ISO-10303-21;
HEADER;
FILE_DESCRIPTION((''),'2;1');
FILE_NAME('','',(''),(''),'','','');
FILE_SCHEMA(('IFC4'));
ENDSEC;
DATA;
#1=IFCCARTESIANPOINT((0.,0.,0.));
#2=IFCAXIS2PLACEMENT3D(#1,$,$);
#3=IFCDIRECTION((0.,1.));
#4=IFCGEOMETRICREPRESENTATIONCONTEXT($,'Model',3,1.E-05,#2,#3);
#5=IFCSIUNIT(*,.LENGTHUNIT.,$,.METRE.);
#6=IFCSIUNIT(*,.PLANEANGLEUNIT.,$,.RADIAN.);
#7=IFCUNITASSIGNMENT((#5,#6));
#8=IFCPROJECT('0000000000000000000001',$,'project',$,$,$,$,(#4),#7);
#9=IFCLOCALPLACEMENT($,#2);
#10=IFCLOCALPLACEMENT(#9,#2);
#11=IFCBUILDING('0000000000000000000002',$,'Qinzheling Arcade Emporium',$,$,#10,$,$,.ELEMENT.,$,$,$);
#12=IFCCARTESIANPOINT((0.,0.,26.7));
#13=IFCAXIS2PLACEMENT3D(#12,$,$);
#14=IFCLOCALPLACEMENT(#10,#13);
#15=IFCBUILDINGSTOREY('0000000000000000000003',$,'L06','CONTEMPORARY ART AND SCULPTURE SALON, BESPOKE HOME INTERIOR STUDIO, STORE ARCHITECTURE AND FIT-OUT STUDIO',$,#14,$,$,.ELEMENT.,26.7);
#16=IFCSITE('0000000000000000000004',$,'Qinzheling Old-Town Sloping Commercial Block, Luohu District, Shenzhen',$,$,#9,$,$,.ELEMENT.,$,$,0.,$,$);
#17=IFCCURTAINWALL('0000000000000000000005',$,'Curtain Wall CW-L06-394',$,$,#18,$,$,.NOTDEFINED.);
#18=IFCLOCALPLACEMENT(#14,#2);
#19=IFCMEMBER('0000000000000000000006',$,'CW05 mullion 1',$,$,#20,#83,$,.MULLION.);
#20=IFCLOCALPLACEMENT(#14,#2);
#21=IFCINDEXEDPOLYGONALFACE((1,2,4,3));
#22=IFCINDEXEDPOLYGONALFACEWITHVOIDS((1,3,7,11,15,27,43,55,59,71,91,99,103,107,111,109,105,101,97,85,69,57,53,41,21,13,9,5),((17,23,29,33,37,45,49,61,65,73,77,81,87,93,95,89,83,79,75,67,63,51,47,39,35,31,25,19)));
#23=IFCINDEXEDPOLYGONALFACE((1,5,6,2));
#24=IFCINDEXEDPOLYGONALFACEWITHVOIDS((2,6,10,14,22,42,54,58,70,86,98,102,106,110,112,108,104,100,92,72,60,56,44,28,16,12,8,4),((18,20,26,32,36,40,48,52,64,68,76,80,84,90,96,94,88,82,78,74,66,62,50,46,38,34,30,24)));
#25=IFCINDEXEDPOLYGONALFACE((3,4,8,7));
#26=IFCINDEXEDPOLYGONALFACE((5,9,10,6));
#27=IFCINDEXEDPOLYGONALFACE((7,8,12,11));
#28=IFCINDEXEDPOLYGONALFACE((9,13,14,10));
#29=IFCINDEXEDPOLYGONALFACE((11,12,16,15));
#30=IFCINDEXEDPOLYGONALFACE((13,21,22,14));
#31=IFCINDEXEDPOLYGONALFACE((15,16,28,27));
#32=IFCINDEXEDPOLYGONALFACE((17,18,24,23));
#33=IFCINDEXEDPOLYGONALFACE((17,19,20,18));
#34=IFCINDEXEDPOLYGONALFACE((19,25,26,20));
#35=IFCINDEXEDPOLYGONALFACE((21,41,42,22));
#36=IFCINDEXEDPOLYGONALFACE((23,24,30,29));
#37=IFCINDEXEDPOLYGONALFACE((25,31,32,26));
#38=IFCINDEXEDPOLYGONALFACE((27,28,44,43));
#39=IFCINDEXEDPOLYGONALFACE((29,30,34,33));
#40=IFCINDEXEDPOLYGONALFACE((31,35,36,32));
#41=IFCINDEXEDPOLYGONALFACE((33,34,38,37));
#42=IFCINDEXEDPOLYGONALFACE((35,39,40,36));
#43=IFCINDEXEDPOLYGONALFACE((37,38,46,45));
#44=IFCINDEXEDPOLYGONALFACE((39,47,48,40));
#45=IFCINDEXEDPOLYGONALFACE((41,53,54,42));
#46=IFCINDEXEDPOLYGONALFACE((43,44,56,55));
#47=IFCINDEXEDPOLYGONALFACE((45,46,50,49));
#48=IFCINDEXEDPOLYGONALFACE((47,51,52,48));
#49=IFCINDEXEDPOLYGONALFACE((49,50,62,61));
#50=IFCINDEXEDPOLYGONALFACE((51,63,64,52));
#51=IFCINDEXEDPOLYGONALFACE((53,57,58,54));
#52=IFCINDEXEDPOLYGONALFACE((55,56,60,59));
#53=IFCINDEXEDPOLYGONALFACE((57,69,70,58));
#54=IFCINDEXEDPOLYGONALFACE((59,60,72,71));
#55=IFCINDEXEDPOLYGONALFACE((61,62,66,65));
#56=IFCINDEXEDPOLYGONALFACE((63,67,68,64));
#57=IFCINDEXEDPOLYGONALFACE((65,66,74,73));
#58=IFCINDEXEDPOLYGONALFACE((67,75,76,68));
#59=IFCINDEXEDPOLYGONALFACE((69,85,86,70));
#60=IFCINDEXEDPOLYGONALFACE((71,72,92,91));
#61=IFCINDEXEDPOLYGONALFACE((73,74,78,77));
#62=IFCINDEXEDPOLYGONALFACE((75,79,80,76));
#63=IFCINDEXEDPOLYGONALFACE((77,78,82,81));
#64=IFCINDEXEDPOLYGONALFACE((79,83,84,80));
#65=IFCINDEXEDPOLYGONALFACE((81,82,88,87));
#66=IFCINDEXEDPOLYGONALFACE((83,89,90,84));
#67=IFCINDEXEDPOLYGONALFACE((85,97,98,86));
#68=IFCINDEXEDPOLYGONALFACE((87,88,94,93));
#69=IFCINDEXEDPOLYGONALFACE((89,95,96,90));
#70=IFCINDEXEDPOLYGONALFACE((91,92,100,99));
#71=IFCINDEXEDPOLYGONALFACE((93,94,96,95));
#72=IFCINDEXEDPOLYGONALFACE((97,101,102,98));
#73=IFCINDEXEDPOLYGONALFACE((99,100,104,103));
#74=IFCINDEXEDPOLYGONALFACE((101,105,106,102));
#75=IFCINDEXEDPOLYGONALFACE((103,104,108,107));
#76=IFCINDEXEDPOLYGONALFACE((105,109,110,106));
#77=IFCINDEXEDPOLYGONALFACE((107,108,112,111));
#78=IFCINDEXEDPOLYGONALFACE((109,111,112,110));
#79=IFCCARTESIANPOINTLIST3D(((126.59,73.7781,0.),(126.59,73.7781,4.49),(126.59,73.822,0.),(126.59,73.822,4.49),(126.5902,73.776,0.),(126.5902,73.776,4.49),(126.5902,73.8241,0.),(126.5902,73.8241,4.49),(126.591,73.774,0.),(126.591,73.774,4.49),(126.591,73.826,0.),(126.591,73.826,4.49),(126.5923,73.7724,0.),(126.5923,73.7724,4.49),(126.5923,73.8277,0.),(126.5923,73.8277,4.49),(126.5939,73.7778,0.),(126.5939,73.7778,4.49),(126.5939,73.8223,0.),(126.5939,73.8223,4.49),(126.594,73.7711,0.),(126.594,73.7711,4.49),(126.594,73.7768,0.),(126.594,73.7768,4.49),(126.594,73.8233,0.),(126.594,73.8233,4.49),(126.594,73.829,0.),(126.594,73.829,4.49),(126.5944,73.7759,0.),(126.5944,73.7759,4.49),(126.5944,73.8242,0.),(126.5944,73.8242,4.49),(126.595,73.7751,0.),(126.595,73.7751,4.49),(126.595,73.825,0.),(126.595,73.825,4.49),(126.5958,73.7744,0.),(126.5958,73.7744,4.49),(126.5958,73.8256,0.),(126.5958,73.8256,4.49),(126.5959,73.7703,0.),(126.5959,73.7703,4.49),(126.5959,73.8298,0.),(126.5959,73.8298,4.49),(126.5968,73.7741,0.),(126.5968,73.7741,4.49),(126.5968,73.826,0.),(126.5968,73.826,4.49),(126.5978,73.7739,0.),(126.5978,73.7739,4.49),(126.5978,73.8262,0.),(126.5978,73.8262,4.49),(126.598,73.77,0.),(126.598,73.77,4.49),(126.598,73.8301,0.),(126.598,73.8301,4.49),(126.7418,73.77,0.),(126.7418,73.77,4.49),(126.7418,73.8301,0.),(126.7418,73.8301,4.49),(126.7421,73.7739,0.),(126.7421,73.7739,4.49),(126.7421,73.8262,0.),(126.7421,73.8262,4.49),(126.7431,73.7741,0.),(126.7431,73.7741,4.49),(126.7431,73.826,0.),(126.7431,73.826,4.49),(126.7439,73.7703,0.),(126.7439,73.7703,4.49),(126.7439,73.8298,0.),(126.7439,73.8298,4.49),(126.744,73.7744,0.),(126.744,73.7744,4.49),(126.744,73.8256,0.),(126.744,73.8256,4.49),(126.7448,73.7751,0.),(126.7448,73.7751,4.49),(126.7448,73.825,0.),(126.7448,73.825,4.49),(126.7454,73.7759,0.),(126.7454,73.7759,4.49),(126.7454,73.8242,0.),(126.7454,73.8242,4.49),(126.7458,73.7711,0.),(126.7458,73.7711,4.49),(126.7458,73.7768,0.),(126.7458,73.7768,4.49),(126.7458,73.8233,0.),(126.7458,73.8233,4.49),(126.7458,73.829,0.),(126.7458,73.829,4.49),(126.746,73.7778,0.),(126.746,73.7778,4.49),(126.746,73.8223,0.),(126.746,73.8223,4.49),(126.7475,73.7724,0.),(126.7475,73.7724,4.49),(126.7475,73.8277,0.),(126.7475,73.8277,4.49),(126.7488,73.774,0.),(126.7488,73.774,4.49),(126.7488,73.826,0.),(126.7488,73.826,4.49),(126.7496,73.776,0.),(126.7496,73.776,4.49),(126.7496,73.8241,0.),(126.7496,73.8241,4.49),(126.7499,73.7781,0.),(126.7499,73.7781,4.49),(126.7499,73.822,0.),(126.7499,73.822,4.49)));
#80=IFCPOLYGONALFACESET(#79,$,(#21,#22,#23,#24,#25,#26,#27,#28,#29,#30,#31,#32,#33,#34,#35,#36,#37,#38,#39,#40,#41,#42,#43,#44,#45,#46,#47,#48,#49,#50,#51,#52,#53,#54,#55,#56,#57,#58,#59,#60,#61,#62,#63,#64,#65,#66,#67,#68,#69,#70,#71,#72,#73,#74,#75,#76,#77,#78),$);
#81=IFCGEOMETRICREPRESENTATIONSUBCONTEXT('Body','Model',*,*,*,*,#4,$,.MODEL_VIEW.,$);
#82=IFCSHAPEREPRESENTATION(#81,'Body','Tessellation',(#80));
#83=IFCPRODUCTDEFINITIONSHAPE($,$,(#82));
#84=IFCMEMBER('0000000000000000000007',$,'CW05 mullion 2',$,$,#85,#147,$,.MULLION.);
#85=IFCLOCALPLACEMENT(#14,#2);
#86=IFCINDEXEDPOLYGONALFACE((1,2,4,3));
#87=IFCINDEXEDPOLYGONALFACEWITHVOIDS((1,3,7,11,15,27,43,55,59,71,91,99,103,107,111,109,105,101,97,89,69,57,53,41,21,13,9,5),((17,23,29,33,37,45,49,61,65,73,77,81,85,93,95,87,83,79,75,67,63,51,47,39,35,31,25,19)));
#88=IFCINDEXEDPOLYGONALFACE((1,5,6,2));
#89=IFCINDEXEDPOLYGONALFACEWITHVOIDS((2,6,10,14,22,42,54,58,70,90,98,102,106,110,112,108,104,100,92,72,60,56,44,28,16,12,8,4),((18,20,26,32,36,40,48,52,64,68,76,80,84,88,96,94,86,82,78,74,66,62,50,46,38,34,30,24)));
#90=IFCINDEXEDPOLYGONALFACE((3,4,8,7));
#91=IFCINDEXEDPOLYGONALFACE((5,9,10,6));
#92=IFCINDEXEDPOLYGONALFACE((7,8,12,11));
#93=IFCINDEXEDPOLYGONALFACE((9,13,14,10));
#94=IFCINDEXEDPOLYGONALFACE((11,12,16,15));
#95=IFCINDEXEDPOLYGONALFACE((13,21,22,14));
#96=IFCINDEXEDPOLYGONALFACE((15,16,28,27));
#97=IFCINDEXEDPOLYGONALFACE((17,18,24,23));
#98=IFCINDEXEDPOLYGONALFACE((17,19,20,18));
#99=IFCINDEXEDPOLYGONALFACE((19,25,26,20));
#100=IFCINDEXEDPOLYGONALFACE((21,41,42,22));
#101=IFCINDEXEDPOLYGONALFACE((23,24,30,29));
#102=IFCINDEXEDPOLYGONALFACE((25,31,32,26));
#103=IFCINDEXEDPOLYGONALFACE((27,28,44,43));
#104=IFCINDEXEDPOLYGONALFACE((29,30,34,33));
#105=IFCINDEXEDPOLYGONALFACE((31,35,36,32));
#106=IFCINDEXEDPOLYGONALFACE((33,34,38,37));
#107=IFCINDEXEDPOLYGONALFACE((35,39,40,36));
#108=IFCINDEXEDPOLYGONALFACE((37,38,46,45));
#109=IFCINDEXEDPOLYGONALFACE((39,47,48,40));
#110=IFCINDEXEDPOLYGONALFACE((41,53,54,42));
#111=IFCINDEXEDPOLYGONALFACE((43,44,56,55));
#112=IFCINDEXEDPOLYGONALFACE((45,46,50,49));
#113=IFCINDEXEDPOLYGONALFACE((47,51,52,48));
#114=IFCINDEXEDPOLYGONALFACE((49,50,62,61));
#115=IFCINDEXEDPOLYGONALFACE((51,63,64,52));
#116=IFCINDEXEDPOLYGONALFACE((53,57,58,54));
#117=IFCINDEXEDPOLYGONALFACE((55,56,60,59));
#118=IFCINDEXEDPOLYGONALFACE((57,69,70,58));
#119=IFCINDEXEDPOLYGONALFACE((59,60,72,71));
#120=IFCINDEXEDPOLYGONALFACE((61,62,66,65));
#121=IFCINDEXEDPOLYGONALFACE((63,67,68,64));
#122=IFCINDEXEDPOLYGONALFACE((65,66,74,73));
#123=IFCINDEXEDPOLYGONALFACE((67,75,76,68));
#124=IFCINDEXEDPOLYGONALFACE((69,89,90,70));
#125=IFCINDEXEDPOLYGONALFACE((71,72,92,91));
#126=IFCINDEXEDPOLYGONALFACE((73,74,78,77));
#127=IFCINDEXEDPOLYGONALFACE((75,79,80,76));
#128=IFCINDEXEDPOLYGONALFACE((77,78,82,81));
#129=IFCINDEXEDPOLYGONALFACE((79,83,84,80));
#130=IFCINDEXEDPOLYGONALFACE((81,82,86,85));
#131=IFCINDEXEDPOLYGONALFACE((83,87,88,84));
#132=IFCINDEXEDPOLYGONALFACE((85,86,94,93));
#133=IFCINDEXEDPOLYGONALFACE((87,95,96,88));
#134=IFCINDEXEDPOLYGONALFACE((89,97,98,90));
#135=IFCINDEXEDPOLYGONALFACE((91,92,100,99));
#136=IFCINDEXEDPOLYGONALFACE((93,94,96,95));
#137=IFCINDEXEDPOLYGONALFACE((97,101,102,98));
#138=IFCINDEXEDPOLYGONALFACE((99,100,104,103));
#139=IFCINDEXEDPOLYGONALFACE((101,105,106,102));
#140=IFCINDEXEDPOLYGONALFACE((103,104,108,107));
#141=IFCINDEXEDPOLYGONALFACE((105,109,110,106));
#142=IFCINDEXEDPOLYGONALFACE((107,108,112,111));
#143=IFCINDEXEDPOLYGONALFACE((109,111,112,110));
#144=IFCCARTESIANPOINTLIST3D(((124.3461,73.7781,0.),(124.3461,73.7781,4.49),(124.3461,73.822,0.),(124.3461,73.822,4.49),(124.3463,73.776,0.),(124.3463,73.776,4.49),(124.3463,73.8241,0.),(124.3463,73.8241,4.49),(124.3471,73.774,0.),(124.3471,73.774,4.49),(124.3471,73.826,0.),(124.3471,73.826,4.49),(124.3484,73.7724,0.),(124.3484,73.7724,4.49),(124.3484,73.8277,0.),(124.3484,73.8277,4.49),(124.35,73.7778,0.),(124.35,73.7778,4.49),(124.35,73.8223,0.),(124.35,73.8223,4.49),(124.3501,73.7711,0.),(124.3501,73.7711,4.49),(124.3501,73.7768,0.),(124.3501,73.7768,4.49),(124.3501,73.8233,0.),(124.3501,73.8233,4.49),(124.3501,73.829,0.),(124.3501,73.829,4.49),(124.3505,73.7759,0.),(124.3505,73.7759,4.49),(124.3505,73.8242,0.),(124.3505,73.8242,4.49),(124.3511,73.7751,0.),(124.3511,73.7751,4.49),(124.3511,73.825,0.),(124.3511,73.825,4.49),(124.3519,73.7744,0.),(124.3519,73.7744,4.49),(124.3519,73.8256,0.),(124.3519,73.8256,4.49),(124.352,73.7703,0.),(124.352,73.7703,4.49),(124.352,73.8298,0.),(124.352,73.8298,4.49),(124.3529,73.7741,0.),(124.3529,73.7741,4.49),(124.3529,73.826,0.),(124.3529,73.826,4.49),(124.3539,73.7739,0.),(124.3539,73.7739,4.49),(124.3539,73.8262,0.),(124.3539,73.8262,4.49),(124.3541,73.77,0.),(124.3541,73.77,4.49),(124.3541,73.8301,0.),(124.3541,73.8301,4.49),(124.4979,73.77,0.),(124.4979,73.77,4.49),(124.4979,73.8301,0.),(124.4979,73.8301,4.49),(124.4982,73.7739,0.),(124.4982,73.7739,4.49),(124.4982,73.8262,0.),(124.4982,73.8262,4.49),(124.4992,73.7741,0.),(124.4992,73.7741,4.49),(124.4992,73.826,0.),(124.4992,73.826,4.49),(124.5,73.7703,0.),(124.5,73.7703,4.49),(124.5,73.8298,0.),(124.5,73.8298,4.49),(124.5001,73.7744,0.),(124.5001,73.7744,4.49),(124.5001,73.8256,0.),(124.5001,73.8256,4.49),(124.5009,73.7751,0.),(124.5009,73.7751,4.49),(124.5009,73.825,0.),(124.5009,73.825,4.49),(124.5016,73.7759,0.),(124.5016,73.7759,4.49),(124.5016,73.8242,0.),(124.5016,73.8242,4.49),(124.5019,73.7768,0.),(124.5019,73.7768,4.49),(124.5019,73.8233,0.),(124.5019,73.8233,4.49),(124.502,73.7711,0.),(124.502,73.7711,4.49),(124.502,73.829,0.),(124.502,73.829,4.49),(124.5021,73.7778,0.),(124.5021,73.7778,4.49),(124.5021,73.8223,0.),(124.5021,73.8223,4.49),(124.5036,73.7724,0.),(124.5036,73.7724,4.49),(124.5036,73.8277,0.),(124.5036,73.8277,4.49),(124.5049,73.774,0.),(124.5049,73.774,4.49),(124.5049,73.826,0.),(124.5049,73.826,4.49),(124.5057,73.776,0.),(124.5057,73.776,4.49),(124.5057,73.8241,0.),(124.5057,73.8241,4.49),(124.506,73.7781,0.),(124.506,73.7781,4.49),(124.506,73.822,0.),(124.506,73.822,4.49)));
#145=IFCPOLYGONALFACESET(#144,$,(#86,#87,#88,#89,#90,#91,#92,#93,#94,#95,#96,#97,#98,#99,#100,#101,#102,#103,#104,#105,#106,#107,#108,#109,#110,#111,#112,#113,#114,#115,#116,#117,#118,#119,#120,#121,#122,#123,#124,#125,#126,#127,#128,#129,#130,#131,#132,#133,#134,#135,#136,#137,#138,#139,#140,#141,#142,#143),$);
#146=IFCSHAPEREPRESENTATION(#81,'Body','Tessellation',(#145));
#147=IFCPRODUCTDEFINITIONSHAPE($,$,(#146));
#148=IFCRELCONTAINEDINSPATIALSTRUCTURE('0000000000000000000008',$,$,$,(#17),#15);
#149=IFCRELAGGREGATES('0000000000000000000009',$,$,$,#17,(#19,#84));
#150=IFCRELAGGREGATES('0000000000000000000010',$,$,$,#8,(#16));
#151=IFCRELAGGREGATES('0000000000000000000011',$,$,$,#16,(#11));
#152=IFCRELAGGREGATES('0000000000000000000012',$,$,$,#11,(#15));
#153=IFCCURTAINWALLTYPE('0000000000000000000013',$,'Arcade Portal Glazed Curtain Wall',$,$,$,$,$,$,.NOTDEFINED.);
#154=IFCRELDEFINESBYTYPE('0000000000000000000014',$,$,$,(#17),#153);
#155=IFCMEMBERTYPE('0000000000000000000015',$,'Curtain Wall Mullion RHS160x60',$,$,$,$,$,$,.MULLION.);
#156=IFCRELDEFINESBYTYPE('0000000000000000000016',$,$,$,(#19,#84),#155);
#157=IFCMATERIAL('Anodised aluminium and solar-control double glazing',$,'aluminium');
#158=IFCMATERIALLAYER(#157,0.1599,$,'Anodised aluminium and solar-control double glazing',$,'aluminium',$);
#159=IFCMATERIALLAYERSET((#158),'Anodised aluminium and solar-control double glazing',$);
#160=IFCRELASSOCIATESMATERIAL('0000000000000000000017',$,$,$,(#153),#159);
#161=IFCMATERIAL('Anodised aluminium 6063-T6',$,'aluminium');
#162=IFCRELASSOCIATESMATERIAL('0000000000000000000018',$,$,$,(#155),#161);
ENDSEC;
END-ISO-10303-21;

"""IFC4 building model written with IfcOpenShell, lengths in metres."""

from ifc_helpers import new_model, si_unit, direction, frame, origin, origin_2d, place, context, subcontext, project, spatial, hollow_rectangle, extrude, material, layer, layer_set, material_profile, profile_set, type_object, element, aggregate, save


model = new_model("IFC4")

# Units and contexts
model_context = context("Model", 3, precision=1e-05, world=origin(), true_north=direction((0.0, 1.0)))
body_context = subcontext(model_context, "Body", "Model", "MODEL_VIEW")
ifc_project = project(units=[si_unit("LENGTHUNIT", "METRE"), si_unit("PLANEANGLEUNIT", "RADIAN")], contexts=[model_context])

# Site, building, storey
site_placement = place(None, origin())
site = spatial("IfcSite", under=ifc_project, at=site_placement, Name="Qinzheling Old-Town Sloping Commercial Block, Luohu District, Shenzhen", CompositionType="ELEMENT", RefElevation=0.0)
building_placement = place(site_placement, origin())
building = spatial("IfcBuilding", under=site, at=building_placement, Name="Qinzheling Arcade Emporium", CompositionType="ELEMENT")
storey_placement = place(building_placement, frame((0.0, 0.0, 26.7)))
storey = spatial("IfcBuildingStorey", under=building, at=storey_placement, Name="L06", Description="CONTEMPORARY ART AND SCULPTURE SALON, BESPOKE HOME INTERIOR STUDIO, STORE ARCHITECTURE AND FIT-OUT STUDIO", CompositionType="ELEMENT", Elevation=26.7)

# Curtain wall, members
ifc_material_1 = material(Name="Anodised aluminium and solar-control double glazing", Category="aluminium")
ifc_layer_1 = layer(ifc_material_1, 0.1599, Name="Anodised aluminium and solar-control double glazing", Category="aluminium")
ifc_layer_set_1 = layer_set([ifc_layer_1], Name="Anodised aluminium and solar-control double glazing")
curtain_wall_type = type_object("IfcCurtainWallType", Name="Arcade Portal Glazed Curtain Wall", PredefinedType="NOTDEFINED", material=ifc_layer_set_1)
curtain_wall_placement = place(storey_placement, origin())
curtain_wall = element("IfcCurtainWall", 1, at=curtain_wall_placement, inside=storey, type_object=curtain_wall_type, Name="Curtain Wall CW-L06-394", PredefinedType="NOTDEFINED")
ifc_material_2 = material(Name="Anodised aluminium 6063-T6", Category="aluminium")
ifc_material_profile_1 = material_profile(ifc_material_2, hollow_rectangle(XDim=0.0601, YDim=0.1599, WallThickness=0.0039, InnerFilletRadius=0.0039, OuterFilletRadius=0.0081, at=origin_2d()), Name="RHS 160x60x4", Category="aluminium")
ifc_profile_set_1 = profile_set([ifc_material_profile_1], Name="Anodised aluminium 6063-T6")
member_type_1 = type_object("IfcMemberType", Name="Curtain Wall Mullion RHS160x60", PredefinedType="MULLION", material=ifc_profile_set_1)
member_1_placement = place(storey_placement, frame((126.6699, 73.8, 0.0), z_axis=(0.0, 0.0, 1.0), x_axis=(0.0, -1.0, 0.0)))
member_1 = element("IfcMember", 2, at=member_1_placement, type_object=member_type_1, Name="CW05 mullion 1", PredefinedType="MULLION", context=body_context, shape_type="SweptSolid", body=[
    extrude(hollow_rectangle(XDim=0.0601, YDim=0.1599, WallThickness=0.0039, InnerFilletRadius=0.0039, OuterFilletRadius=0.0081, at=origin_2d()), origin(), (0.0, 0.0, 1.0), 4.49),
])
member_2_placement = place(storey_placement, frame((124.426, 73.8, 0.0), z_axis=(0.0, 0.0, 1.0), x_axis=(0.0, -1.0, 0.0)))
member_2 = element("IfcMember", 3, at=member_2_placement, type_object=member_type_1, Name="CW05 mullion 2", PredefinedType="MULLION", context=body_context, shape_type="SweptSolid", body=[
    extrude(hollow_rectangle(XDim=0.0601, YDim=0.1599, WallThickness=0.0039, InnerFilletRadius=0.0039, OuterFilletRadius=0.0081, at=origin_2d()), origin(), (0.0, 0.0, 1.0), 4.49),
])

aggregate(curtain_wall, [member_1, member_2])

save(model, "model.ifc")
